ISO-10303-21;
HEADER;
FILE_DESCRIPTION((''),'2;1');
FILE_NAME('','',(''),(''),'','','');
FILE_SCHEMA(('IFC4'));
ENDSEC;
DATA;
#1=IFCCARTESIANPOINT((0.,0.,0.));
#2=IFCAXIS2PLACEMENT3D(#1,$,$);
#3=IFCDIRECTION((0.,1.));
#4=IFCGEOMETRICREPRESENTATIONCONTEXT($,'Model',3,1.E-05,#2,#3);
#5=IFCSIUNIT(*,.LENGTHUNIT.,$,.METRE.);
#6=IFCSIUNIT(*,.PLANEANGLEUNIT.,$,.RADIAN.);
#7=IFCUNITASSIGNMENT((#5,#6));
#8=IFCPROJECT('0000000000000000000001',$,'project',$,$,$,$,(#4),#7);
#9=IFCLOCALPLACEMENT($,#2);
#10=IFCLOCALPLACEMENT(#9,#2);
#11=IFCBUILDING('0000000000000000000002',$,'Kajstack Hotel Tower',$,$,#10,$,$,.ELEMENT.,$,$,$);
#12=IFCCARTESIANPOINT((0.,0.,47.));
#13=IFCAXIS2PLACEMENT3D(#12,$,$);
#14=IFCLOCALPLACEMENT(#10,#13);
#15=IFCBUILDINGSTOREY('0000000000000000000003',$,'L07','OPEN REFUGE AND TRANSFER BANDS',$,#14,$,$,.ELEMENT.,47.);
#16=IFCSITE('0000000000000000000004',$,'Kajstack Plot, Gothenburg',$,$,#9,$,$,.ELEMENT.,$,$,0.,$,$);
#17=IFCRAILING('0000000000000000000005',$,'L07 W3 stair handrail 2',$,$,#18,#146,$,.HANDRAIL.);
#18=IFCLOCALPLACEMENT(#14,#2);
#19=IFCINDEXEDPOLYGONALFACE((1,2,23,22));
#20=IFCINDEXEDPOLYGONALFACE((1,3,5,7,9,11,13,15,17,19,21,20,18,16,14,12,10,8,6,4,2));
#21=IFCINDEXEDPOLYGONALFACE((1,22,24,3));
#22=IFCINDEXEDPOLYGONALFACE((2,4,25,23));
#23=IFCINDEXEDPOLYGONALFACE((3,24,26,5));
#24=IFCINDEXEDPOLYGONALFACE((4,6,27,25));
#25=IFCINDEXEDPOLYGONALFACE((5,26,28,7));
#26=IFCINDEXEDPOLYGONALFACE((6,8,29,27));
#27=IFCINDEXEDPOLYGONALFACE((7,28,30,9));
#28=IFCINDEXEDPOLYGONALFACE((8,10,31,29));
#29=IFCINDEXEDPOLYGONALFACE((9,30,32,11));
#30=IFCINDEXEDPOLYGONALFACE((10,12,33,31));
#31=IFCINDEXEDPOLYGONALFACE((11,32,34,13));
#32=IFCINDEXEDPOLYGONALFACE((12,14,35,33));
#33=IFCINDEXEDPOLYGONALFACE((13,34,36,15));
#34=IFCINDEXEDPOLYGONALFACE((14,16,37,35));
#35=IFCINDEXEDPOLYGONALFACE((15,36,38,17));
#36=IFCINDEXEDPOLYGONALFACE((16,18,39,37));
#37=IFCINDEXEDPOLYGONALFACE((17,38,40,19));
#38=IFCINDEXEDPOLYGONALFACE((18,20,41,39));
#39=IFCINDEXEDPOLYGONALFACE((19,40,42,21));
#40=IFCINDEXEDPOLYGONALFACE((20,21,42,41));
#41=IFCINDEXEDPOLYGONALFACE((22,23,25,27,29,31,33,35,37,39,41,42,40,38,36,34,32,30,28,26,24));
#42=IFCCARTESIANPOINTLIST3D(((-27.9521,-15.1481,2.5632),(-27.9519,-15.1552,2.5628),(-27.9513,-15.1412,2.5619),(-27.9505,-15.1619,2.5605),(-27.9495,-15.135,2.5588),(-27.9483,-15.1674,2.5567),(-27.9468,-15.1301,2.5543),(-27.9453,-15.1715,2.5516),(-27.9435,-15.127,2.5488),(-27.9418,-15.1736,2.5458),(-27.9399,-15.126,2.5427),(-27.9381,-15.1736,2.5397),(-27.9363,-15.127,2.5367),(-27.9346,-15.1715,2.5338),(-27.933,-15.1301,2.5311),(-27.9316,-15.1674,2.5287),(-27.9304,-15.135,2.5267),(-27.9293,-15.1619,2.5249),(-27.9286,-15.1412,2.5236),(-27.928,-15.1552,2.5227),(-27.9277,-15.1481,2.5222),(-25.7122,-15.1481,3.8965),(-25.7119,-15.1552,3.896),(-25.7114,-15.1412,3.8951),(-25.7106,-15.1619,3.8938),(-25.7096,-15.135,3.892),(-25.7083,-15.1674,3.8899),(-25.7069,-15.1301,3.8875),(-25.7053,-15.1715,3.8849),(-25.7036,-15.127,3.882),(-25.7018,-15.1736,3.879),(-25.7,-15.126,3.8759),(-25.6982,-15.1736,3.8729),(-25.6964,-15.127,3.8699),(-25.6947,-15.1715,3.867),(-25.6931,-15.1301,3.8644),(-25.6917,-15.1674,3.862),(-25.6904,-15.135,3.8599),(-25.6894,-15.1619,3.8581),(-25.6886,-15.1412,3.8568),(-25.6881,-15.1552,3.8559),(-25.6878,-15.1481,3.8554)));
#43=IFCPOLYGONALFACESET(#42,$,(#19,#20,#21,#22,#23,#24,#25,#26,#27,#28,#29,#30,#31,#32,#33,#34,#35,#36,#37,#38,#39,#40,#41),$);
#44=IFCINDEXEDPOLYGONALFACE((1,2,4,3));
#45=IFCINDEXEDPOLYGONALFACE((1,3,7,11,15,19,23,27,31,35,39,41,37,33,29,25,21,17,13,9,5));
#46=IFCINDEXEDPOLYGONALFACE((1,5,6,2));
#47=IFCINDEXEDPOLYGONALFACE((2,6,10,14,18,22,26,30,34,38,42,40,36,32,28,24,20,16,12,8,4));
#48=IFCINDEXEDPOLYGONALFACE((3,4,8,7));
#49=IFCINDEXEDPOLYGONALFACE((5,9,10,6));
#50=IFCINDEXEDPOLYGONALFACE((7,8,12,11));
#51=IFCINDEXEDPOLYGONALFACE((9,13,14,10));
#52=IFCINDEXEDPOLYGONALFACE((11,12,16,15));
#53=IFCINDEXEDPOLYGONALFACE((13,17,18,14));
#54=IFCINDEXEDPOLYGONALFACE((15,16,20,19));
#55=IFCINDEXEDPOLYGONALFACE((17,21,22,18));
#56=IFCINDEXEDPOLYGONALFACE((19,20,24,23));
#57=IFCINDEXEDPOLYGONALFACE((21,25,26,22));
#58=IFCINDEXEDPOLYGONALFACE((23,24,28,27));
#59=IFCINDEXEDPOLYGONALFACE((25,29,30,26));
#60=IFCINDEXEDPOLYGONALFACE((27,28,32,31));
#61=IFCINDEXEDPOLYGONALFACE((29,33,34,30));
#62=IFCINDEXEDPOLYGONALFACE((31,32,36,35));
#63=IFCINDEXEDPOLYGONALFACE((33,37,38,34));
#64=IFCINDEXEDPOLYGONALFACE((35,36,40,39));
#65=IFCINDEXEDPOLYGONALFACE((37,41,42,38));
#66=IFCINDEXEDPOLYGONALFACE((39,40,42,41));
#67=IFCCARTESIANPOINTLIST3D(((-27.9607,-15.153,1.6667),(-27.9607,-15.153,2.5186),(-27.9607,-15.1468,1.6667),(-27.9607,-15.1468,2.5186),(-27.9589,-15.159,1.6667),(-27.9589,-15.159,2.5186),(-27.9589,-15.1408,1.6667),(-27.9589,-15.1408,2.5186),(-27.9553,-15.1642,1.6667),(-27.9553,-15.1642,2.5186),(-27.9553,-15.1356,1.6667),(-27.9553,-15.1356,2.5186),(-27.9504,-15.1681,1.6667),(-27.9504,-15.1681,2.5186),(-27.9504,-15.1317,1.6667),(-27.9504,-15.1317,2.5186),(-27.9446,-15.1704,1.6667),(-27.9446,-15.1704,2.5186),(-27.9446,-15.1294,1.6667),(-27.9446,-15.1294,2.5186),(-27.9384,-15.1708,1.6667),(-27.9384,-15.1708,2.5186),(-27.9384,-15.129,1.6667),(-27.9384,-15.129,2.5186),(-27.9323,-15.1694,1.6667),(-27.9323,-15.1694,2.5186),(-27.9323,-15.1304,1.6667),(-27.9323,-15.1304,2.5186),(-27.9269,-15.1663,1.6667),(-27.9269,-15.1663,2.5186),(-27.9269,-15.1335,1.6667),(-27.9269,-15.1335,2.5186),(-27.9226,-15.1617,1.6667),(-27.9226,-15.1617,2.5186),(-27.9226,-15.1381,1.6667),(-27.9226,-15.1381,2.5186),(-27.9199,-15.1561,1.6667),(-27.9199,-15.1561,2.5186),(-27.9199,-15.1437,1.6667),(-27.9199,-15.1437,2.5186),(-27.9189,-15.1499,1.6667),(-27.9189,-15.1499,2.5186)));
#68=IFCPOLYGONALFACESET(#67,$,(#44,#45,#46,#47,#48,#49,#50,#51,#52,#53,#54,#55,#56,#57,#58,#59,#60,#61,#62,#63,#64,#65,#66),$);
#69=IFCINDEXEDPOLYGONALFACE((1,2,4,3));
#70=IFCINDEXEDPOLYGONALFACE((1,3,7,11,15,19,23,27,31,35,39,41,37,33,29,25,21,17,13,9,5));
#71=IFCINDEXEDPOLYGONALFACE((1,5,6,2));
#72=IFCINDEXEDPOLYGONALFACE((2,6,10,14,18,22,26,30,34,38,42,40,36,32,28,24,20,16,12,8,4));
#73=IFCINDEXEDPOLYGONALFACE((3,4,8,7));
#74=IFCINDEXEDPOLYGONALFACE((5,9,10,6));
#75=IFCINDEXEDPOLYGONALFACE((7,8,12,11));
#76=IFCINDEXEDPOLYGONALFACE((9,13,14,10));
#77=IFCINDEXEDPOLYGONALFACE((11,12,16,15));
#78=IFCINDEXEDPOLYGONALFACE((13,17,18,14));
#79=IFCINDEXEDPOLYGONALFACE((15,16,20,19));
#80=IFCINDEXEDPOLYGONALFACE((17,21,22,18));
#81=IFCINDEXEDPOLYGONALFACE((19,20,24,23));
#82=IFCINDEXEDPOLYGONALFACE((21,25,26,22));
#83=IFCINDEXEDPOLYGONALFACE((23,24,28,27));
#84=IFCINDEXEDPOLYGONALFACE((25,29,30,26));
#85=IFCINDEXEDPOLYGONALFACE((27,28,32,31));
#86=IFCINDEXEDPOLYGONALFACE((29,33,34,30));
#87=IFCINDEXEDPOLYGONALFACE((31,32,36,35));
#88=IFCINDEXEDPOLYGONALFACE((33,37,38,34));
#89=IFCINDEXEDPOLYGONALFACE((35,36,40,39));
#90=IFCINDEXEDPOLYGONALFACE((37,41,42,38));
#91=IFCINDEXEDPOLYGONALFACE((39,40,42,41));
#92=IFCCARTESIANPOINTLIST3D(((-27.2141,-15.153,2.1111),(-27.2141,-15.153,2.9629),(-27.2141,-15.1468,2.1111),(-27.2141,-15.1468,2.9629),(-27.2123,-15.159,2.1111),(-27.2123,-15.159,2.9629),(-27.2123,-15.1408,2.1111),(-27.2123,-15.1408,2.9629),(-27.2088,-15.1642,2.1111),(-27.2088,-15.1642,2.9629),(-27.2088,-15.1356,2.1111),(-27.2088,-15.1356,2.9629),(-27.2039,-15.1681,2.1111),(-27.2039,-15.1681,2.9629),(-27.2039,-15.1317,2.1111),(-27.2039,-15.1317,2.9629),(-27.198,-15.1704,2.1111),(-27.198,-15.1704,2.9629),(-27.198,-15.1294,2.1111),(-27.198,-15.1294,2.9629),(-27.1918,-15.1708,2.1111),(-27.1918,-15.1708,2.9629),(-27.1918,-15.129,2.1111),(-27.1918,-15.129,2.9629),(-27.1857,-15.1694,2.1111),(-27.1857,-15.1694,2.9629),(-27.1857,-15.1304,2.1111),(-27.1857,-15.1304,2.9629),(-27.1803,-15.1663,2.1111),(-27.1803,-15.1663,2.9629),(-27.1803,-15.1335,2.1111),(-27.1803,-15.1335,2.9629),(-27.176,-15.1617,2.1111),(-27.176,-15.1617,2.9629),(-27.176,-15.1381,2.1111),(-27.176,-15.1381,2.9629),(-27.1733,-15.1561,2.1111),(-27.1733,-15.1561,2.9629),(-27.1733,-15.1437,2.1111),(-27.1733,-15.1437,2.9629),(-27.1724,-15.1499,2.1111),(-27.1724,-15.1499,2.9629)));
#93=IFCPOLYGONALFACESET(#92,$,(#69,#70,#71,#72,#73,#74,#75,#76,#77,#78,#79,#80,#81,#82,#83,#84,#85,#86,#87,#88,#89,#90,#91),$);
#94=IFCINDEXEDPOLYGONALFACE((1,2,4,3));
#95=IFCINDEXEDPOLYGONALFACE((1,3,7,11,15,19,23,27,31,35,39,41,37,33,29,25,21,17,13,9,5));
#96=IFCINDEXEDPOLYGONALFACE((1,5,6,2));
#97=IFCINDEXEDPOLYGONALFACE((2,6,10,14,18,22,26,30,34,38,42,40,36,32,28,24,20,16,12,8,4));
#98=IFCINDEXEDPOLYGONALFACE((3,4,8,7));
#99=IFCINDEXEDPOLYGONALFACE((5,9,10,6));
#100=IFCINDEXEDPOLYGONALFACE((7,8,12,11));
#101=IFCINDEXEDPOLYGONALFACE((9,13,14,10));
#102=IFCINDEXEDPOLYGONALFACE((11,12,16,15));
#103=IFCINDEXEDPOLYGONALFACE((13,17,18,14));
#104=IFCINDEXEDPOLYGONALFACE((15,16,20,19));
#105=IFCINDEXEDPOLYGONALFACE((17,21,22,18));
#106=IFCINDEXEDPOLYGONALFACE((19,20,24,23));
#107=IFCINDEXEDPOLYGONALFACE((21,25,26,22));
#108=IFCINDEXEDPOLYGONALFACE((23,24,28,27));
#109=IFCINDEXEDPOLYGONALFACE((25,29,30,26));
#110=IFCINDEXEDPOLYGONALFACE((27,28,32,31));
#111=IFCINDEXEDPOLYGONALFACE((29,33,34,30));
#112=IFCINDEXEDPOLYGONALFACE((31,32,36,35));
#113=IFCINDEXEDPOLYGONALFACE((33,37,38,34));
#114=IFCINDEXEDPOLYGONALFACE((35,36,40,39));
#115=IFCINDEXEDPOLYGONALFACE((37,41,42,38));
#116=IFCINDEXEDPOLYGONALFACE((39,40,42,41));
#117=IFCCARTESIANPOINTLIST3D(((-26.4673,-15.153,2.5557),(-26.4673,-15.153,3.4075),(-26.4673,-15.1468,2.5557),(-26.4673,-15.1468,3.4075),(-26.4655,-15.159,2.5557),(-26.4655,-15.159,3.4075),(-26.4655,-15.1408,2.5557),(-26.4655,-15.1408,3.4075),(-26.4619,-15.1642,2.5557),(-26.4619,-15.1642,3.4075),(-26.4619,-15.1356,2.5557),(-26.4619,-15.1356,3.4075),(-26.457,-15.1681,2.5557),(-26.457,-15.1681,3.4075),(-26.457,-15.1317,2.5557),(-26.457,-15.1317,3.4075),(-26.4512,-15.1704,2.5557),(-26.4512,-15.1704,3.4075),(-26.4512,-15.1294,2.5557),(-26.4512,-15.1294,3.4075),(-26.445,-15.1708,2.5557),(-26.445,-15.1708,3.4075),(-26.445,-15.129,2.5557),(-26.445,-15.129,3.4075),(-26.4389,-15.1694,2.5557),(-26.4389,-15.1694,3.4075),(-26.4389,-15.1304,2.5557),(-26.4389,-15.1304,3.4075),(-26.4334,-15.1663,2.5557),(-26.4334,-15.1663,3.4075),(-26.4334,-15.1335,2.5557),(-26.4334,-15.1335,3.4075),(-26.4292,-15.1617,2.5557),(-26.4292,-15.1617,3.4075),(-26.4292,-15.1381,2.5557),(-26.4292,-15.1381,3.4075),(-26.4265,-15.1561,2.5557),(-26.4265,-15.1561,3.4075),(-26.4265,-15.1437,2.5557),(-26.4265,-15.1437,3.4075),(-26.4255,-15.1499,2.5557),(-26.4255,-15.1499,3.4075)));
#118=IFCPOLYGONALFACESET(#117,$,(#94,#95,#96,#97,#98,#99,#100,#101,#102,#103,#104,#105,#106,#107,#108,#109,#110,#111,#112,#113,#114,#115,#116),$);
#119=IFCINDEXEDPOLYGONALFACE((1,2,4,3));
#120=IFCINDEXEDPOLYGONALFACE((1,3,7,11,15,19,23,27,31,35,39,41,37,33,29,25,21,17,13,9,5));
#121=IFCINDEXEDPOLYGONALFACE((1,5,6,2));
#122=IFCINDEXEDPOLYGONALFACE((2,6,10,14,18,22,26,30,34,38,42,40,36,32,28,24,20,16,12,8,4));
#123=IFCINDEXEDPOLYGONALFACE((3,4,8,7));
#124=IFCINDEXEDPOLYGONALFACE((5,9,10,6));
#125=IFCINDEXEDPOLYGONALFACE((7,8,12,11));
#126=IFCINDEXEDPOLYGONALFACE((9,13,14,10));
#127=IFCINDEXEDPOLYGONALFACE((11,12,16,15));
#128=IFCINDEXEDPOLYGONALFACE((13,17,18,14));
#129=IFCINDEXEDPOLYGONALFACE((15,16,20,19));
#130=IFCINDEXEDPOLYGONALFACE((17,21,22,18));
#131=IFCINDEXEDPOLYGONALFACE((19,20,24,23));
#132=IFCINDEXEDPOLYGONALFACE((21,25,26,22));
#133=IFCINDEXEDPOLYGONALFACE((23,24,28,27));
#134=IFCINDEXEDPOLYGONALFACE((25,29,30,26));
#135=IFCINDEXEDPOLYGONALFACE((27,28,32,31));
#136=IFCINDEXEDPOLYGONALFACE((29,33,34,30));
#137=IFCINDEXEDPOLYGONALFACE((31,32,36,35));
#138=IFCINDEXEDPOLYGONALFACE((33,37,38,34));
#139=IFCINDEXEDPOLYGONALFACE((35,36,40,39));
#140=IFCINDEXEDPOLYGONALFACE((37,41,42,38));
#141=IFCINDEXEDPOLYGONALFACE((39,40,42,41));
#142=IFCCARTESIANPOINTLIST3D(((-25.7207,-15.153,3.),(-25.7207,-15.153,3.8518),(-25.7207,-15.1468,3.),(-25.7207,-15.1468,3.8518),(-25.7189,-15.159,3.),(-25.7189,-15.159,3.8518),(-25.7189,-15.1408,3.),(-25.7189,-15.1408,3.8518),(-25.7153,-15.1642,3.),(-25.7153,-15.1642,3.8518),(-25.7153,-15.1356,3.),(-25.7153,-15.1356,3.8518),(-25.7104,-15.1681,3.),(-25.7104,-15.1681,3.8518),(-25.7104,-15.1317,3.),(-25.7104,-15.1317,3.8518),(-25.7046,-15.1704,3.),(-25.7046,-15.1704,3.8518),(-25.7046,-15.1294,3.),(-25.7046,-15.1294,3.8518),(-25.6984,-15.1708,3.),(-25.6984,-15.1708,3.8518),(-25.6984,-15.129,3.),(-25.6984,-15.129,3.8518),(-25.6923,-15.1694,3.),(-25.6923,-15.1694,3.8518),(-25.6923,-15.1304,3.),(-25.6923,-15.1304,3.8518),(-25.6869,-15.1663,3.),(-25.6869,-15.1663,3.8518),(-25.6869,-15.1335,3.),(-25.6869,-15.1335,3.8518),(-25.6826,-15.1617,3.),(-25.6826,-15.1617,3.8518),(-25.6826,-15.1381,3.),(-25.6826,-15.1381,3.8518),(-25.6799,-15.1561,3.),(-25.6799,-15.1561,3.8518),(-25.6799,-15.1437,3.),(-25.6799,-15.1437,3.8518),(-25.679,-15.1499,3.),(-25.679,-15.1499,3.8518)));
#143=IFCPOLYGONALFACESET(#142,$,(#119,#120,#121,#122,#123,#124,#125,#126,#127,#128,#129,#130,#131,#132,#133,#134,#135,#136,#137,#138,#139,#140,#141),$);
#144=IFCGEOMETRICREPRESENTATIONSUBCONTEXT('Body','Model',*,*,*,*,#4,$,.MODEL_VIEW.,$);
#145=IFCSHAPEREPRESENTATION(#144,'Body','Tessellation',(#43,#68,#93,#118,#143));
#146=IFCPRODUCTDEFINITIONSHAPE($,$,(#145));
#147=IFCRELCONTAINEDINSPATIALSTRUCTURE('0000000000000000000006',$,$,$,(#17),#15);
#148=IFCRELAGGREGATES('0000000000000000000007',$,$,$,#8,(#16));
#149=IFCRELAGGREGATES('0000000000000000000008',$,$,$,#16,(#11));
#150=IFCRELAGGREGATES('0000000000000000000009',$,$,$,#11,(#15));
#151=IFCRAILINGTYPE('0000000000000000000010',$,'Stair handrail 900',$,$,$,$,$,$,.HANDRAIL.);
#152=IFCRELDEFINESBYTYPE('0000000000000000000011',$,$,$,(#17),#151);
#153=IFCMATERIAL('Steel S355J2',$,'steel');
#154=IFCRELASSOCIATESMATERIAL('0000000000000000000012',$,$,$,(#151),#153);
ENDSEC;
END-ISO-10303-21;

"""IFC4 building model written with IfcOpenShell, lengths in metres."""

from ifc_helpers import new_model, si_unit, direction, frame, origin, origin_2d, place, context, subcontext, project, spatial, circle, extrude, material, type_object, element, save


model = new_model("IFC4")

# Units and contexts
model_context = context("Model", 3, precision=1e-05, world=origin(), true_north=direction((0.0, 1.0)))
body_context = subcontext(model_context, "Body", "Model", "MODEL_VIEW")
ifc_project = project(units=[si_unit("LENGTHUNIT", "METRE"), si_unit("PLANEANGLEUNIT", "RADIAN")], contexts=[model_context])

# Site, building, storey
site_placement = place(None, origin())
site = spatial("IfcSite", under=ifc_project, at=site_placement, Name="Kajstack Plot, Gothenburg", CompositionType="ELEMENT", RefElevation=0.0)
building_placement = place(site_placement, origin())
building = spatial("IfcBuilding", under=site, at=building_placement, Name="Kajstack Hotel Tower", CompositionType="ELEMENT")
storey_placement = place(building_placement, frame((0.0, 0.0, 47.0)))
storey = spatial("IfcBuildingStorey", under=building, at=storey_placement, Name="L07", Description="OPEN REFUGE AND TRANSFER BANDS", CompositionType="ELEMENT", Elevation=47.0)

# Railing
ifc_material_1 = material(Name="Steel S355J2", Category="steel")
railing_type_1 = type_object("IfcRailingType", Name="Stair handrail 900", PredefinedType="HANDRAIL", material=ifc_material_1)
railing_1_placement = place(storey_placement, frame((-27.9399, -15.1499, 1.6667)))
element("IfcRailing", 1, at=railing_1_placement, inside=storey, type_object=railing_type_1, Name="L07 W3 stair handrail 2", PredefinedType="HANDRAIL", context=body_context, shape_type="SweptSolid", body=[
    extrude(circle(Radius=0.0239, at=origin_2d()), frame((0.0, 0.0, 0.876), z_axis=(0.859306, 0.0, 0.511462), x_axis=(0.0, 1.0, 0.0)), (0.0, 0.0, 1.0), 2.6067),
    extrude(circle(Radius=0.021, at=origin_2d()), origin(), (0.0, 0.0, 1.0), 0.8518),
    extrude(circle(Radius=0.021, at=origin_2d()), frame((0.7466, 0.0, 0.4443)), (0.0, 0.0, 1.0), 0.8518),
    extrude(circle(Radius=0.021, at=origin_2d()), frame((1.4934, 0.0, 0.8889)), (0.0, 0.0, 1.0), 0.8518),
    extrude(circle(Radius=0.021, at=origin_2d()), frame((2.24, 0.0, 1.3333)), (0.0, 0.0, 1.0), 0.8518),
])

save(model, "model.ifc")
